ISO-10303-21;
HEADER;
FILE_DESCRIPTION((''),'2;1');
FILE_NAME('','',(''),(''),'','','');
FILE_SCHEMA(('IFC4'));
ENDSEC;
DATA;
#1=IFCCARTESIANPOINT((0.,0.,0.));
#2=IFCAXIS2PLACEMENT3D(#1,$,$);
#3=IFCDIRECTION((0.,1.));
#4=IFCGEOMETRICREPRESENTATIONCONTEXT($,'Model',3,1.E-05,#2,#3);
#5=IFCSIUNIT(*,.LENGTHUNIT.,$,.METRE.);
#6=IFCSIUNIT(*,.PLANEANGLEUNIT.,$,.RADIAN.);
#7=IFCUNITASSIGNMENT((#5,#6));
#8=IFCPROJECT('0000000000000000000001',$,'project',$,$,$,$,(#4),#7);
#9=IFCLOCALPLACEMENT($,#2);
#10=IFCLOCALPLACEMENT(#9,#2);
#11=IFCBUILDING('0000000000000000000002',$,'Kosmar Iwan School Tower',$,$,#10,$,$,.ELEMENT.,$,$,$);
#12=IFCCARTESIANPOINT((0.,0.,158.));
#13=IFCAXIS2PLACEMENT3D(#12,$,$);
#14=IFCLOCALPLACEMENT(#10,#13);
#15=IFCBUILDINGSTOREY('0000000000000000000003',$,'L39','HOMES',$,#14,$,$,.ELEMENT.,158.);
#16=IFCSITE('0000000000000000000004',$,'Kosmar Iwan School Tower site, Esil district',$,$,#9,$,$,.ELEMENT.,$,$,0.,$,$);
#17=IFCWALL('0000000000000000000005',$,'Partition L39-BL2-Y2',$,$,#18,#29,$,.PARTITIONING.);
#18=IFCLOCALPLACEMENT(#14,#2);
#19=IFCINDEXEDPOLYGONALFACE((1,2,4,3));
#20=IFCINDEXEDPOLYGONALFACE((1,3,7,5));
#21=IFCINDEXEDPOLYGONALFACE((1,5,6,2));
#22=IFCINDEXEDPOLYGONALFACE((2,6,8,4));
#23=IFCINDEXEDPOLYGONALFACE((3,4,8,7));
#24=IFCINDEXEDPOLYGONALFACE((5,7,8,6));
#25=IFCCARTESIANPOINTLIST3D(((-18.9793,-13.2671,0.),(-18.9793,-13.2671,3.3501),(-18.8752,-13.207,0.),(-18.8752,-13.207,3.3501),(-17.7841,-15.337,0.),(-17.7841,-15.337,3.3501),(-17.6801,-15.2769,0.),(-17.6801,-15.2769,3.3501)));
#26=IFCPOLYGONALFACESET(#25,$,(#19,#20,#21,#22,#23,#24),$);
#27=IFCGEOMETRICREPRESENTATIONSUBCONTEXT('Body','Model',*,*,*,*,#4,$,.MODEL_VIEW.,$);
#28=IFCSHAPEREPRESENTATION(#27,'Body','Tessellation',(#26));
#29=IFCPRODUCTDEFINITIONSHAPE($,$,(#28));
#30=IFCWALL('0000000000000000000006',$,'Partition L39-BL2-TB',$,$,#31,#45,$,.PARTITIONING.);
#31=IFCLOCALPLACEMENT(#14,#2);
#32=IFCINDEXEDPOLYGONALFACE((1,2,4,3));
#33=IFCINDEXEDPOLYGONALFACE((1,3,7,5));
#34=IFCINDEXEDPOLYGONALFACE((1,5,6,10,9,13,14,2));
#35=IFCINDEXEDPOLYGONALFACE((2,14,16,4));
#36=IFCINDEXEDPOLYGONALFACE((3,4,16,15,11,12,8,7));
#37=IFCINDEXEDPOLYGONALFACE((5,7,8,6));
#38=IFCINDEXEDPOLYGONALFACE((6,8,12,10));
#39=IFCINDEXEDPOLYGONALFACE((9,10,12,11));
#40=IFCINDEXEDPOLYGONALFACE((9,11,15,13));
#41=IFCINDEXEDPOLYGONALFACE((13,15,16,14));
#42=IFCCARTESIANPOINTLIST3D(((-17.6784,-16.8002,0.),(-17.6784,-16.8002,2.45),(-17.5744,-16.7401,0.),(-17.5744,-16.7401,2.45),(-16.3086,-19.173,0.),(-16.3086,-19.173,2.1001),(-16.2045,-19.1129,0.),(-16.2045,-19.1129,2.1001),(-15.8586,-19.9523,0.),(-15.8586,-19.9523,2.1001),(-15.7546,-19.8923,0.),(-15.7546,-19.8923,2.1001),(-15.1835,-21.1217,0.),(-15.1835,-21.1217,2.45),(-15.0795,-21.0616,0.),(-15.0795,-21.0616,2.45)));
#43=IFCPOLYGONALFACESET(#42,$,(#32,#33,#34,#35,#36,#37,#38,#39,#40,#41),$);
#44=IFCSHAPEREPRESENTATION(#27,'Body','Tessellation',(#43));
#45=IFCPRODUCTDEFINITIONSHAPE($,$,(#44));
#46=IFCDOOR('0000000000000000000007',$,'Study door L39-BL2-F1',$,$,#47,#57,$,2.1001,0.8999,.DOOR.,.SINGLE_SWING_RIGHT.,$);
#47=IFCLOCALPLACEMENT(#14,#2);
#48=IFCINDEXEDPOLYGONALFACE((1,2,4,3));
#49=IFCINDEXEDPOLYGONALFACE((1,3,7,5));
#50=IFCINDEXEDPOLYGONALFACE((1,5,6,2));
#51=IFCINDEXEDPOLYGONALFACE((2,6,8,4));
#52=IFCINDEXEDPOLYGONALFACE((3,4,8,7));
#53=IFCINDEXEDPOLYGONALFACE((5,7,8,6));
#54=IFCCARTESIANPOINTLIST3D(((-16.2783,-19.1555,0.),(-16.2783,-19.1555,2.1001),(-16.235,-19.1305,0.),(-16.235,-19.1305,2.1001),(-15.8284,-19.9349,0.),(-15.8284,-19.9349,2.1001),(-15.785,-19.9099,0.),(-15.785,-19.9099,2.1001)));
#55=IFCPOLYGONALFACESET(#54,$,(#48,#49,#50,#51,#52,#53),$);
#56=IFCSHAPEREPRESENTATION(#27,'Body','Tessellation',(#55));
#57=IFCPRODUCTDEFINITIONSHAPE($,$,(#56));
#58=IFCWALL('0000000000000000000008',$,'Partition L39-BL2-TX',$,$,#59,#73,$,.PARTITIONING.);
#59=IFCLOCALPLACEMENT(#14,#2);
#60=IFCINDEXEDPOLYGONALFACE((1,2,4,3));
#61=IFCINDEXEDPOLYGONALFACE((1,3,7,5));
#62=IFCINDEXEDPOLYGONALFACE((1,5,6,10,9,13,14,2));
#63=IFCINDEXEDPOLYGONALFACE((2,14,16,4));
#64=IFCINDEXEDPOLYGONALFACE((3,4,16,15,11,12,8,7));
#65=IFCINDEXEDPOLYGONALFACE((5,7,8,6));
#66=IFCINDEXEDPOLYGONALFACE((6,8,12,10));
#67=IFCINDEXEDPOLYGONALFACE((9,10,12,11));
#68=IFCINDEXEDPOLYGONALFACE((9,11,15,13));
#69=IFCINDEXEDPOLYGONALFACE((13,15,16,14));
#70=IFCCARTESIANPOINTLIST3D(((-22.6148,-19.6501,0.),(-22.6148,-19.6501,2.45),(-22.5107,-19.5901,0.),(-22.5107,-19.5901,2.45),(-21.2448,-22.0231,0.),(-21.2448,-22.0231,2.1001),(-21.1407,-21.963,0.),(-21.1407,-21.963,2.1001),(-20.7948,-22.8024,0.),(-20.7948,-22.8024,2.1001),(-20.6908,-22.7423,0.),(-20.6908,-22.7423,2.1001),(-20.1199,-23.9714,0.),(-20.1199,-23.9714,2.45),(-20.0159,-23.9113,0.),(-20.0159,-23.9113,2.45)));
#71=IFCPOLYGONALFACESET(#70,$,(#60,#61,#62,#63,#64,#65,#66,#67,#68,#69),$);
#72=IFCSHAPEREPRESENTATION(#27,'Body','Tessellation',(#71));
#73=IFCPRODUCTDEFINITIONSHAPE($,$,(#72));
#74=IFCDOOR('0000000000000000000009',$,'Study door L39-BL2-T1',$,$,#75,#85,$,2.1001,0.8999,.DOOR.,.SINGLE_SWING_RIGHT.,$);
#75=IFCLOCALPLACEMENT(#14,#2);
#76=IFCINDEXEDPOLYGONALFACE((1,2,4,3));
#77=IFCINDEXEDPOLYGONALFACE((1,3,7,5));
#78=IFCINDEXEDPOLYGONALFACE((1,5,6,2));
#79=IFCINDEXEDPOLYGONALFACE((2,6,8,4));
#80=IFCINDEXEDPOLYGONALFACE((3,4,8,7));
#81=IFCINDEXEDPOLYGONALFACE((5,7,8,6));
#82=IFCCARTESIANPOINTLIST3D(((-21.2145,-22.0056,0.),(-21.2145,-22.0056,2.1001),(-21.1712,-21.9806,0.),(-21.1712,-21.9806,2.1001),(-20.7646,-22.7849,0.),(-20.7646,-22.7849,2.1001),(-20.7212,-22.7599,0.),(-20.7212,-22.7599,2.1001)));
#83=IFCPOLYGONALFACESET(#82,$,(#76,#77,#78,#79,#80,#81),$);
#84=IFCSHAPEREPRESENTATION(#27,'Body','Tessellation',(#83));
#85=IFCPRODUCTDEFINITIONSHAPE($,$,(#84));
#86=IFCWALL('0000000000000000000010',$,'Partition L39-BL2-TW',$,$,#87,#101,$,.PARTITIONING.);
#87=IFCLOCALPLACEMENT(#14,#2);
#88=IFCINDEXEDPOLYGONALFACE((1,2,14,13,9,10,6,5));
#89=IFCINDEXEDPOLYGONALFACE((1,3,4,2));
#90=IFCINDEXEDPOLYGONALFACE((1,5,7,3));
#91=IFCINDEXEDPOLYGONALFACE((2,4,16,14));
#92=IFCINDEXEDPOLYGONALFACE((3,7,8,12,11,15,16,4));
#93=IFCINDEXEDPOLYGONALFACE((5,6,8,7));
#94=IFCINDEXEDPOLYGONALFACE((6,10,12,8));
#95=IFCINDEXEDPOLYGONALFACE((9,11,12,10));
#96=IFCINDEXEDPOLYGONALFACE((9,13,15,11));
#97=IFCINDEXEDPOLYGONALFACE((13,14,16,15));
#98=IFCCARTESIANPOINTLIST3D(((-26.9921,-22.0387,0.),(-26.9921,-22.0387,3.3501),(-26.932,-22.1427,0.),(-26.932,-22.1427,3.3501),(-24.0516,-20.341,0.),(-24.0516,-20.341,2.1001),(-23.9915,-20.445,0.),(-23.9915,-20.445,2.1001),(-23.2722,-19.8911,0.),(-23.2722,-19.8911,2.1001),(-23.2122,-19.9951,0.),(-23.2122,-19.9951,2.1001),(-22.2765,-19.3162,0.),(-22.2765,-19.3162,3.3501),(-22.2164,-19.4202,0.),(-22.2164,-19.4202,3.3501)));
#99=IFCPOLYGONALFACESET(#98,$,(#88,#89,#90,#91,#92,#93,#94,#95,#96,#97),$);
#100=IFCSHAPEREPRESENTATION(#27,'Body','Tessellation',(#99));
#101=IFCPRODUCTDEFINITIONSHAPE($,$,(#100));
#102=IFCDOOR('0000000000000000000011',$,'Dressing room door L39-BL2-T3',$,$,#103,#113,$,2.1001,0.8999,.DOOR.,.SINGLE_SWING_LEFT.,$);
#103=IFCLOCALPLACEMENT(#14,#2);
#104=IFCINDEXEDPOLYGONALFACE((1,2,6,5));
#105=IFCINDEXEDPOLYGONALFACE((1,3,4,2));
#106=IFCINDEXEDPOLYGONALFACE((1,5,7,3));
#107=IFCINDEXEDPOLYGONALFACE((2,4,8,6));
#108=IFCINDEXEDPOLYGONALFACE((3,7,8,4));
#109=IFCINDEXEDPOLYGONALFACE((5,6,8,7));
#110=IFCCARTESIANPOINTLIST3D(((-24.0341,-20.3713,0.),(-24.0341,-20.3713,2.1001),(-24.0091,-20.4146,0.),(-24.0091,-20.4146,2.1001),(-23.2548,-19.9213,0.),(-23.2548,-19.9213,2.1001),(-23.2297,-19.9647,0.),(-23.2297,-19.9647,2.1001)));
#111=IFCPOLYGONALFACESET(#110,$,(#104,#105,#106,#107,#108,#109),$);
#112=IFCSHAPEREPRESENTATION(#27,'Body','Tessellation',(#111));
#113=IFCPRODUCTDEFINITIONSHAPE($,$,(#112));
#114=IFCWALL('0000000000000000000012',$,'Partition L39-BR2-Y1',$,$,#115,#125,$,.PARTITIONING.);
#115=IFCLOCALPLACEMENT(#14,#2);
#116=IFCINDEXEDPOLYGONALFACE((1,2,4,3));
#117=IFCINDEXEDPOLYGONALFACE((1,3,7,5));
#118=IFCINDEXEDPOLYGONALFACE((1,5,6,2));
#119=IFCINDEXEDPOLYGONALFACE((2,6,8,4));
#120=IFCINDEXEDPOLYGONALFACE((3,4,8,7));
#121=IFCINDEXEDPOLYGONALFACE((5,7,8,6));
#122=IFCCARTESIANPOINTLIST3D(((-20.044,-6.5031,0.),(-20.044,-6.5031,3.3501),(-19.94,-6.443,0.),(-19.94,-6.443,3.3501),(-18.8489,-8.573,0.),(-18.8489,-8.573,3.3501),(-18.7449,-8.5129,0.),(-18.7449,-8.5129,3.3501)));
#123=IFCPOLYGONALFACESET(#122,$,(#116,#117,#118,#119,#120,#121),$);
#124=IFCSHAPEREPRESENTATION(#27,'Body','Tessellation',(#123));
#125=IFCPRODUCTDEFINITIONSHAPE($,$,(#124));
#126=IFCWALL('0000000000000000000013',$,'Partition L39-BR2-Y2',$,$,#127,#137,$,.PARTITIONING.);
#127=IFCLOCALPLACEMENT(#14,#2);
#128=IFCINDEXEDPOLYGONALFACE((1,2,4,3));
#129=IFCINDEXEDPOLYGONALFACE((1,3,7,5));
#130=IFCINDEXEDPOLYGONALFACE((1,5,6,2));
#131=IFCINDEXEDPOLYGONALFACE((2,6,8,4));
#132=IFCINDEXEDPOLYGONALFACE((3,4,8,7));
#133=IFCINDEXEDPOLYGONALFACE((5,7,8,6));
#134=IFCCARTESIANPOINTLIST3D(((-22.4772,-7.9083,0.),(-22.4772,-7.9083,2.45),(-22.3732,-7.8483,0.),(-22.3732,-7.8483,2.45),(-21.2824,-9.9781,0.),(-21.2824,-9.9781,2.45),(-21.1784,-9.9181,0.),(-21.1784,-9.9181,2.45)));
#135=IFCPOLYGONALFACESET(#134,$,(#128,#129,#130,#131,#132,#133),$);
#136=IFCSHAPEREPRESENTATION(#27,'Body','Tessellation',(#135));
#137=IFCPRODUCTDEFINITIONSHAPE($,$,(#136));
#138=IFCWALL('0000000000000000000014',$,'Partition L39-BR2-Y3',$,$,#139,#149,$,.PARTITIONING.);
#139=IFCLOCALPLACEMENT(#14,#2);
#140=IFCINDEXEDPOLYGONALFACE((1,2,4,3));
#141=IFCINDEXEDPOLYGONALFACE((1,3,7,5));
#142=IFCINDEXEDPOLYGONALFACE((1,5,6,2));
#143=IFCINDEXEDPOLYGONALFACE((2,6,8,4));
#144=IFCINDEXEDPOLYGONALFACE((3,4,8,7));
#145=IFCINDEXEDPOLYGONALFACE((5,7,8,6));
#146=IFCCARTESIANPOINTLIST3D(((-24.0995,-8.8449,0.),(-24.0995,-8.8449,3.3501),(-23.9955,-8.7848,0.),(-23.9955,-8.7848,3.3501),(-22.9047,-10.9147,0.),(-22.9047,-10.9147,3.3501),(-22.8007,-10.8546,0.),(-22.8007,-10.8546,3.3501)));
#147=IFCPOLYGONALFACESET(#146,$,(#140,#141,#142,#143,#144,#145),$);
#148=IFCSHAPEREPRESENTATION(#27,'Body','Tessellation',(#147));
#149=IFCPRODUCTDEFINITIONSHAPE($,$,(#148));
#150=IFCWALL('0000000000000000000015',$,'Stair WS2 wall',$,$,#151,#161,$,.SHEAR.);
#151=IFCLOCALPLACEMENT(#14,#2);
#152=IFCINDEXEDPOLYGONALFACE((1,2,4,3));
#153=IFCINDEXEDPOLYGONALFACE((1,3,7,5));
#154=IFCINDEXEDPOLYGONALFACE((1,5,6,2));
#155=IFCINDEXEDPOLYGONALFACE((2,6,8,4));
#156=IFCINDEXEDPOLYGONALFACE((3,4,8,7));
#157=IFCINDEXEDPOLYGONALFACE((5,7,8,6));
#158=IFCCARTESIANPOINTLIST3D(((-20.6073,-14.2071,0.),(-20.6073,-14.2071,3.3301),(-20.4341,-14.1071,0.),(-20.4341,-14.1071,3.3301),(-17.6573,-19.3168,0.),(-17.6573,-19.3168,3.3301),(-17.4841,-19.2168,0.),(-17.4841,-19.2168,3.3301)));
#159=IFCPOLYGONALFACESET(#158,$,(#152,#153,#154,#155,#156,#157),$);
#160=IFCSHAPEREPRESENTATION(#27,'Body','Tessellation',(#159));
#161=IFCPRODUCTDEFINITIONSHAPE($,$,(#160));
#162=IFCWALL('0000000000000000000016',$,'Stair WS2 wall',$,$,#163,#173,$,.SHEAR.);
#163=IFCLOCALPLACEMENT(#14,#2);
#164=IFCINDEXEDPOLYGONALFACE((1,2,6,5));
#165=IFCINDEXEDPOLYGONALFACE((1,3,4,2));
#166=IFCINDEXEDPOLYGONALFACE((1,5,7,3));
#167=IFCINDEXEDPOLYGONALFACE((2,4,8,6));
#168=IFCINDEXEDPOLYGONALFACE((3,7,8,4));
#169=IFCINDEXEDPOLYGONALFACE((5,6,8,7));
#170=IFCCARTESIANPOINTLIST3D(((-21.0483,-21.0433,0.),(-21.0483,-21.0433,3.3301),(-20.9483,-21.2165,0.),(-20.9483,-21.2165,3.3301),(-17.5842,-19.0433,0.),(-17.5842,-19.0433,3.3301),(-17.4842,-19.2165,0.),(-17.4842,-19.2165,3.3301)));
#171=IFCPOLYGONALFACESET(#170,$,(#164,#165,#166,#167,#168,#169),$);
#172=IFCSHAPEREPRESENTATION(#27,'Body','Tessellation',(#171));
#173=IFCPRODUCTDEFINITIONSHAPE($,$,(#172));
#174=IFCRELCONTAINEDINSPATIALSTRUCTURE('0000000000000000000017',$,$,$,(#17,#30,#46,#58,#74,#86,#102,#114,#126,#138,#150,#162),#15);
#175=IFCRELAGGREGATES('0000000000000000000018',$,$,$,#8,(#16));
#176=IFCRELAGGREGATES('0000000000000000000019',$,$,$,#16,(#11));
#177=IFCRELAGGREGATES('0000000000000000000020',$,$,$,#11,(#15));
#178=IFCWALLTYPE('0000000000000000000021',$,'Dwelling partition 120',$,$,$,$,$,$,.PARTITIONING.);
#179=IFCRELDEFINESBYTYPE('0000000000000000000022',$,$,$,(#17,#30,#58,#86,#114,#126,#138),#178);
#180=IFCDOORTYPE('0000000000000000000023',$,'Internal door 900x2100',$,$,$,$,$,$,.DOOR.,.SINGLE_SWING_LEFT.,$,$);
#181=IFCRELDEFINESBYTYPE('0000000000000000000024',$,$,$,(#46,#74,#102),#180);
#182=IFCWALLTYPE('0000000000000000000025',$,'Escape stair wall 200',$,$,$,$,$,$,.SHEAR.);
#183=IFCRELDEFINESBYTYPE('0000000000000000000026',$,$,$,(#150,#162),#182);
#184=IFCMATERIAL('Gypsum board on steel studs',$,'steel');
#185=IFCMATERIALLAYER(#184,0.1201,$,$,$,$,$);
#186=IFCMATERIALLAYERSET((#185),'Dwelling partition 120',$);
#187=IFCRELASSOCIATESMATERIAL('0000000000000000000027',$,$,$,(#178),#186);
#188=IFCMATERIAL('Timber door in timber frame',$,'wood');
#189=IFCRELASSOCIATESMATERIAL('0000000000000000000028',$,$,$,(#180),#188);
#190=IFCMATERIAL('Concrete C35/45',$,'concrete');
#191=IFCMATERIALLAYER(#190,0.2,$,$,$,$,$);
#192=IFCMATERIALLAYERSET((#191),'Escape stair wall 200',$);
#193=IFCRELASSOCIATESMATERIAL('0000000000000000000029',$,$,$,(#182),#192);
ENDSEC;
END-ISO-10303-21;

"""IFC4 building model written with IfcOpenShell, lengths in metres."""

from ifc_helpers import new_model, si_unit, direction, frame, frame_2d, origin, place, context, subcontext, project, spatial, rectangle, extrude, material, layer, layer_set, type_object, element, fill, save


model = new_model("IFC4")

# Units and contexts
model_context = context("Model", 3, precision=1e-05, world=origin(), true_north=direction((0.0, 1.0)))
body_context = subcontext(model_context, "Body", "Model", "MODEL_VIEW")
ifc_project = project(units=[si_unit("LENGTHUNIT", "METRE"), si_unit("PLANEANGLEUNIT", "RADIAN")], contexts=[model_context])

# Site, building, storey
site_placement = place(None, origin())
site = spatial("IfcSite", under=ifc_project, at=site_placement, Name="Kosmar Iwan School Tower site, Esil district", CompositionType="ELEMENT", RefElevation=0.0)
building_placement = place(site_placement, origin())
building = spatial("IfcBuilding", under=site, at=building_placement, Name="Kosmar Iwan School Tower", CompositionType="ELEMENT")
storey_placement = place(building_placement, frame((0.0, 0.0, 158.0)))
storey = spatial("IfcBuildingStorey", under=building, at=storey_placement, Name="L39", Description="HOMES", CompositionType="ELEMENT", Elevation=158.0)

# Wall
ifc_material_1 = material(Name="Gypsum board on steel studs", Category="steel")
ifc_layer_1 = layer(ifc_material_1, 0.1201)
ifc_layer_set_1 = layer_set([ifc_layer_1], Name="Dwelling partition 120")
wall_type_1 = type_object("IfcWallType", Name="Dwelling partition 120", PredefinedType="PARTITIONING", material=ifc_layer_set_1)
for number, where, z_axis, x_axis, name in (
    (1, (-18.9272, -13.2371, 0.0), (0.0, 0.0, 1.0), (0.500017, -0.866015, 0.0), "Partition L39-BL2-Y2"),
):
    element("IfcWall", number, at=place(storey_placement, frame(where, z_axis=z_axis, x_axis=x_axis)), inside=storey, type_object=wall_type_1, Name=name, PredefinedType="PARTITIONING", context=body_context, shape_type="SweptSolid", body=[
        extrude(rectangle(XDim=2.3901, YDim=0.1201, at=frame_2d((1.1951, 0.0))), origin(), (0.0, 0.0, 1.0), 3.3501),
    ])

# Walls, openings, doors
wall_1_placement = place(storey_placement, frame((-17.6265, -16.77, 0.0), z_axis=(0.0, 0.0, 1.0), x_axis=(0.499975, -0.86604, 0.0)))
wall_1 = element("IfcWall", 2, at=wall_1_placement, inside=storey, type_object=wall_type_1, Name="Partition L39-BL2-TB", PredefinedType="PARTITIONING", context=body_context, shape_type="SweptSolid", body=[
    extrude(rectangle(XDim=4.99, YDim=0.1201, at=frame_2d((2.4951, 0.0))), origin(), (0.0, 0.0, 1.0), 2.45),
])
opening_1_placement = place(wall_1_placement, frame((2.74, 0.0, 0.0)))
opening_1 = element("IfcOpeningElement", 3, at=opening_1_placement, cuts=wall_1, PredefinedType="OPENING", context=body_context, shape_type="SweptSolid", body=[
    extrude(rectangle(XDim=0.8999, YDim=2.1001, at=frame_2d((0.45, 1.05))), frame((0.0, 0.072, 0.0), z_axis=(0.0, -1.0, 0.0), x_axis=(1.0, 0.0, 0.0)), (0.0, 0.0, 1.0), 0.144),
])
ifc_material_2 = material(Name="Timber door in timber frame", Category="wood")
door_type_1 = type_object("IfcDoorType", Name="Internal door 900x2100", OperationType="SINGLE_SWING_LEFT", PredefinedType="DOOR", material=ifc_material_2)
door_1_placement = place(opening_1_placement, origin())
door_1 = element("IfcDoor", 4, at=door_1_placement, inside=storey, type_object=door_type_1, Name="Study door L39-BL2-F1", OperationType="SINGLE_SWING_RIGHT", OverallHeight=2.1001, OverallWidth=0.8999, PredefinedType="DOOR", context=body_context, shape_type="SweptSolid", body=[
    extrude(rectangle(XDim=0.8999, YDim=2.1001, at=frame_2d((0.45, 1.05))), frame((0.0, 0.0249, 0.0), z_axis=(0.0, -1.0, 0.0), x_axis=(1.0, 0.0, 0.0)), (0.0, 0.0, 1.0), 0.05),
])
fill(opening_1, door_1)
wall_2_placement = place(storey_placement, frame((-22.5627, -19.6201, 0.0), z_axis=(0.0, 0.0, 1.0), x_axis=(0.499996, -0.866028, 0.0)))
wall_2 = element("IfcWall", 5, at=wall_2_placement, inside=storey, type_object=wall_type_1, Name="Partition L39-BL2-TX", PredefinedType="PARTITIONING", context=body_context, shape_type="SweptSolid", body=[
    extrude(rectangle(XDim=4.9897, YDim=0.1201, at=frame_2d((2.4949, 0.0))), origin(), (0.0, 0.0, 1.0), 2.45),
])
opening_2_placement = place(wall_2_placement, frame((2.74, 0.0, 0.0)))
opening_2 = element("IfcOpeningElement", 6, at=opening_2_placement, cuts=wall_2, PredefinedType="OPENING", context=body_context, shape_type="SweptSolid", body=[
    extrude(rectangle(XDim=0.8999, YDim=2.1001, at=frame_2d((0.45, 1.05))), frame((0.0, 0.072, 0.0), z_axis=(0.0, -1.0, 0.0), x_axis=(1.0, 0.0, 0.0)), (0.0, 0.0, 1.0), 0.144),
])
door_2_placement = place(opening_2_placement, origin())
door_2 = element("IfcDoor", 7, at=door_2_placement, inside=storey, type_object=door_type_1, Name="Study door L39-BL2-T1", OperationType="SINGLE_SWING_RIGHT", OverallHeight=2.1001, OverallWidth=0.8999, PredefinedType="DOOR", context=body_context, shape_type="SweptSolid", body=[
    extrude(rectangle(XDim=0.8999, YDim=2.1001, at=frame_2d((0.45, 1.05))), frame((0.0, 0.0249, 0.0), z_axis=(0.0, -1.0, 0.0), x_axis=(1.0, 0.0, 0.0)), (0.0, 0.0, 1.0), 0.05),
])
fill(opening_2, door_2)
wall_3_placement = place(storey_placement, frame((-22.2463, -19.3682, 0.0), z_axis=(0.0, 0.0, 1.0), x_axis=(-0.866036, -0.499982, 0.0)))
wall_3 = element("IfcWall", 8, at=wall_3_placement, inside=storey, type_object=wall_type_1, Name="Partition L39-BL2-TW", PredefinedType="PARTITIONING", context=body_context, shape_type="SweptSolid", body=[
    extrude(rectangle(XDim=5.4451, YDim=0.1201, at=frame_2d((2.7227, 0.0))), origin(), (0.0, 0.0, 1.0), 3.3501),
])
opening_3_placement = place(wall_3_placement, frame((1.1499, 0.0, 0.0)))
opening_3 = element("IfcOpeningElement", 9, at=opening_3_placement, cuts=wall_3, PredefinedType="OPENING", context=body_context, shape_type="SweptSolid", body=[
    extrude(rectangle(XDim=0.8999, YDim=2.1001, at=frame_2d((0.45, 1.05))), frame((0.0, 0.072, 0.0), z_axis=(0.0, -1.0, 0.0), x_axis=(1.0, 0.0, 0.0)), (0.0, 0.0, 1.0), 0.144),
])
door_3_placement = place(opening_3_placement, origin())
door_3 = element("IfcDoor", 10, at=door_3_placement, inside=storey, type_object=door_type_1, Name="Dressing room door L39-BL2-T3", OperationType="SINGLE_SWING_LEFT", OverallHeight=2.1001, OverallWidth=0.8999, PredefinedType="DOOR", context=body_context, shape_type="SweptSolid", body=[
    extrude(rectangle(XDim=0.8999, YDim=2.1001, at=frame_2d((0.45, 1.05))), frame((0.0, 0.0249, 0.0), z_axis=(0.0, -1.0, 0.0), x_axis=(1.0, 0.0, 0.0)), (0.0, 0.0, 1.0), 0.05),
])
fill(opening_3, door_3)

# Walls
wall_4_placement = place(storey_placement, frame((-18.7969, -8.543, 0.0), z_axis=(0.0, 0.0, 1.0), x_axis=(-0.500017, 0.866015, 0.0)))
element("IfcWall", 11, at=wall_4_placement, inside=storey, type_object=wall_type_1, Name="Partition L39-BR2-Y1", PredefinedType="PARTITIONING", context=body_context, shape_type="SweptSolid", body=[
    extrude(rectangle(XDim=2.3901, YDim=0.1201, at=frame_2d((1.1951, 0.0))), origin(), (0.0, 0.0, 1.0), 3.3501),
])
wall_5_placement = place(storey_placement, frame((-21.2305, -9.948, 0.0), z_axis=(0.0, 0.0, 1.0), x_axis=(-0.499941, 0.86606, 0.0)))
element("IfcWall", 12, at=wall_5_placement, inside=storey, type_object=wall_type_1, Name="Partition L39-BR2-Y2", PredefinedType="PARTITIONING", context=body_context, shape_type="SweptSolid", body=[
    extrude(rectangle(XDim=2.3899, YDim=0.1201, at=frame_2d((1.1948, 0.0))), origin(), (0.0, 0.0, 1.0), 2.45),
])
wall_6_placement = place(storey_placement, frame((-22.8528, -10.8845, 0.0), z_axis=(0.0, 0.0, 1.0), x_axis=(-0.499941, 0.86606, 0.0)))
element("IfcWall", 13, at=wall_6_placement, inside=storey, type_object=wall_type_1, Name="Partition L39-BR2-Y3", PredefinedType="PARTITIONING", context=body_context, shape_type="SweptSolid", body=[
    extrude(rectangle(XDim=2.3899, YDim=0.1201, at=frame_2d((1.1948, 0.0))), origin(), (0.0, 0.0, 1.0), 3.3501),
])
ifc_material_3 = material(Name="Concrete C35/45", Category="concrete")
ifc_layer_2 = layer(ifc_material_3, 0.2)
ifc_layer_set_2 = layer_set([ifc_layer_2], Name="Escape stair wall 200")
wall_type_2 = type_object("IfcWallType", Name="Escape stair wall 200", PredefinedType="SHEAR", material=ifc_layer_set_2)
wall_7_placement = place(storey_placement, frame((-20.5208, -14.157, 0.0), z_axis=(0.0, 0.0, 1.0), x_axis=(0.499989, -0.866032, 0.0)))
element("IfcWall", 14, at=wall_7_placement, inside=storey, type_object=wall_type_2, Name="Stair WS2 wall", PredefinedType="SHEAR", context=body_context, shape_type="SweptSolid", body=[
    extrude(rectangle(XDim=5.9001, YDim=0.2, at=frame_2d((2.9502, 0.0))), origin(), (0.0, 0.0, 1.0), 3.3301),
])
wall_8_placement = place(storey_placement, frame((-17.5342, -19.1299, 0.0), z_axis=(0.0, 0.0, 1.0), x_axis=(-0.866026, -0.499999, 0.0)))
element("IfcWall", 15, at=wall_8_placement, inside=storey, type_object=wall_type_2, Name="Stair WS2 wall", PredefinedType="SHEAR", context=body_context, shape_type="SweptSolid", body=[
    extrude(rectangle(XDim=4.0, YDim=0.2, at=frame_2d((2.0, 0.0))), origin(), (0.0, 0.0, 1.0), 3.3301),
])

save(model, "model.ifc")
